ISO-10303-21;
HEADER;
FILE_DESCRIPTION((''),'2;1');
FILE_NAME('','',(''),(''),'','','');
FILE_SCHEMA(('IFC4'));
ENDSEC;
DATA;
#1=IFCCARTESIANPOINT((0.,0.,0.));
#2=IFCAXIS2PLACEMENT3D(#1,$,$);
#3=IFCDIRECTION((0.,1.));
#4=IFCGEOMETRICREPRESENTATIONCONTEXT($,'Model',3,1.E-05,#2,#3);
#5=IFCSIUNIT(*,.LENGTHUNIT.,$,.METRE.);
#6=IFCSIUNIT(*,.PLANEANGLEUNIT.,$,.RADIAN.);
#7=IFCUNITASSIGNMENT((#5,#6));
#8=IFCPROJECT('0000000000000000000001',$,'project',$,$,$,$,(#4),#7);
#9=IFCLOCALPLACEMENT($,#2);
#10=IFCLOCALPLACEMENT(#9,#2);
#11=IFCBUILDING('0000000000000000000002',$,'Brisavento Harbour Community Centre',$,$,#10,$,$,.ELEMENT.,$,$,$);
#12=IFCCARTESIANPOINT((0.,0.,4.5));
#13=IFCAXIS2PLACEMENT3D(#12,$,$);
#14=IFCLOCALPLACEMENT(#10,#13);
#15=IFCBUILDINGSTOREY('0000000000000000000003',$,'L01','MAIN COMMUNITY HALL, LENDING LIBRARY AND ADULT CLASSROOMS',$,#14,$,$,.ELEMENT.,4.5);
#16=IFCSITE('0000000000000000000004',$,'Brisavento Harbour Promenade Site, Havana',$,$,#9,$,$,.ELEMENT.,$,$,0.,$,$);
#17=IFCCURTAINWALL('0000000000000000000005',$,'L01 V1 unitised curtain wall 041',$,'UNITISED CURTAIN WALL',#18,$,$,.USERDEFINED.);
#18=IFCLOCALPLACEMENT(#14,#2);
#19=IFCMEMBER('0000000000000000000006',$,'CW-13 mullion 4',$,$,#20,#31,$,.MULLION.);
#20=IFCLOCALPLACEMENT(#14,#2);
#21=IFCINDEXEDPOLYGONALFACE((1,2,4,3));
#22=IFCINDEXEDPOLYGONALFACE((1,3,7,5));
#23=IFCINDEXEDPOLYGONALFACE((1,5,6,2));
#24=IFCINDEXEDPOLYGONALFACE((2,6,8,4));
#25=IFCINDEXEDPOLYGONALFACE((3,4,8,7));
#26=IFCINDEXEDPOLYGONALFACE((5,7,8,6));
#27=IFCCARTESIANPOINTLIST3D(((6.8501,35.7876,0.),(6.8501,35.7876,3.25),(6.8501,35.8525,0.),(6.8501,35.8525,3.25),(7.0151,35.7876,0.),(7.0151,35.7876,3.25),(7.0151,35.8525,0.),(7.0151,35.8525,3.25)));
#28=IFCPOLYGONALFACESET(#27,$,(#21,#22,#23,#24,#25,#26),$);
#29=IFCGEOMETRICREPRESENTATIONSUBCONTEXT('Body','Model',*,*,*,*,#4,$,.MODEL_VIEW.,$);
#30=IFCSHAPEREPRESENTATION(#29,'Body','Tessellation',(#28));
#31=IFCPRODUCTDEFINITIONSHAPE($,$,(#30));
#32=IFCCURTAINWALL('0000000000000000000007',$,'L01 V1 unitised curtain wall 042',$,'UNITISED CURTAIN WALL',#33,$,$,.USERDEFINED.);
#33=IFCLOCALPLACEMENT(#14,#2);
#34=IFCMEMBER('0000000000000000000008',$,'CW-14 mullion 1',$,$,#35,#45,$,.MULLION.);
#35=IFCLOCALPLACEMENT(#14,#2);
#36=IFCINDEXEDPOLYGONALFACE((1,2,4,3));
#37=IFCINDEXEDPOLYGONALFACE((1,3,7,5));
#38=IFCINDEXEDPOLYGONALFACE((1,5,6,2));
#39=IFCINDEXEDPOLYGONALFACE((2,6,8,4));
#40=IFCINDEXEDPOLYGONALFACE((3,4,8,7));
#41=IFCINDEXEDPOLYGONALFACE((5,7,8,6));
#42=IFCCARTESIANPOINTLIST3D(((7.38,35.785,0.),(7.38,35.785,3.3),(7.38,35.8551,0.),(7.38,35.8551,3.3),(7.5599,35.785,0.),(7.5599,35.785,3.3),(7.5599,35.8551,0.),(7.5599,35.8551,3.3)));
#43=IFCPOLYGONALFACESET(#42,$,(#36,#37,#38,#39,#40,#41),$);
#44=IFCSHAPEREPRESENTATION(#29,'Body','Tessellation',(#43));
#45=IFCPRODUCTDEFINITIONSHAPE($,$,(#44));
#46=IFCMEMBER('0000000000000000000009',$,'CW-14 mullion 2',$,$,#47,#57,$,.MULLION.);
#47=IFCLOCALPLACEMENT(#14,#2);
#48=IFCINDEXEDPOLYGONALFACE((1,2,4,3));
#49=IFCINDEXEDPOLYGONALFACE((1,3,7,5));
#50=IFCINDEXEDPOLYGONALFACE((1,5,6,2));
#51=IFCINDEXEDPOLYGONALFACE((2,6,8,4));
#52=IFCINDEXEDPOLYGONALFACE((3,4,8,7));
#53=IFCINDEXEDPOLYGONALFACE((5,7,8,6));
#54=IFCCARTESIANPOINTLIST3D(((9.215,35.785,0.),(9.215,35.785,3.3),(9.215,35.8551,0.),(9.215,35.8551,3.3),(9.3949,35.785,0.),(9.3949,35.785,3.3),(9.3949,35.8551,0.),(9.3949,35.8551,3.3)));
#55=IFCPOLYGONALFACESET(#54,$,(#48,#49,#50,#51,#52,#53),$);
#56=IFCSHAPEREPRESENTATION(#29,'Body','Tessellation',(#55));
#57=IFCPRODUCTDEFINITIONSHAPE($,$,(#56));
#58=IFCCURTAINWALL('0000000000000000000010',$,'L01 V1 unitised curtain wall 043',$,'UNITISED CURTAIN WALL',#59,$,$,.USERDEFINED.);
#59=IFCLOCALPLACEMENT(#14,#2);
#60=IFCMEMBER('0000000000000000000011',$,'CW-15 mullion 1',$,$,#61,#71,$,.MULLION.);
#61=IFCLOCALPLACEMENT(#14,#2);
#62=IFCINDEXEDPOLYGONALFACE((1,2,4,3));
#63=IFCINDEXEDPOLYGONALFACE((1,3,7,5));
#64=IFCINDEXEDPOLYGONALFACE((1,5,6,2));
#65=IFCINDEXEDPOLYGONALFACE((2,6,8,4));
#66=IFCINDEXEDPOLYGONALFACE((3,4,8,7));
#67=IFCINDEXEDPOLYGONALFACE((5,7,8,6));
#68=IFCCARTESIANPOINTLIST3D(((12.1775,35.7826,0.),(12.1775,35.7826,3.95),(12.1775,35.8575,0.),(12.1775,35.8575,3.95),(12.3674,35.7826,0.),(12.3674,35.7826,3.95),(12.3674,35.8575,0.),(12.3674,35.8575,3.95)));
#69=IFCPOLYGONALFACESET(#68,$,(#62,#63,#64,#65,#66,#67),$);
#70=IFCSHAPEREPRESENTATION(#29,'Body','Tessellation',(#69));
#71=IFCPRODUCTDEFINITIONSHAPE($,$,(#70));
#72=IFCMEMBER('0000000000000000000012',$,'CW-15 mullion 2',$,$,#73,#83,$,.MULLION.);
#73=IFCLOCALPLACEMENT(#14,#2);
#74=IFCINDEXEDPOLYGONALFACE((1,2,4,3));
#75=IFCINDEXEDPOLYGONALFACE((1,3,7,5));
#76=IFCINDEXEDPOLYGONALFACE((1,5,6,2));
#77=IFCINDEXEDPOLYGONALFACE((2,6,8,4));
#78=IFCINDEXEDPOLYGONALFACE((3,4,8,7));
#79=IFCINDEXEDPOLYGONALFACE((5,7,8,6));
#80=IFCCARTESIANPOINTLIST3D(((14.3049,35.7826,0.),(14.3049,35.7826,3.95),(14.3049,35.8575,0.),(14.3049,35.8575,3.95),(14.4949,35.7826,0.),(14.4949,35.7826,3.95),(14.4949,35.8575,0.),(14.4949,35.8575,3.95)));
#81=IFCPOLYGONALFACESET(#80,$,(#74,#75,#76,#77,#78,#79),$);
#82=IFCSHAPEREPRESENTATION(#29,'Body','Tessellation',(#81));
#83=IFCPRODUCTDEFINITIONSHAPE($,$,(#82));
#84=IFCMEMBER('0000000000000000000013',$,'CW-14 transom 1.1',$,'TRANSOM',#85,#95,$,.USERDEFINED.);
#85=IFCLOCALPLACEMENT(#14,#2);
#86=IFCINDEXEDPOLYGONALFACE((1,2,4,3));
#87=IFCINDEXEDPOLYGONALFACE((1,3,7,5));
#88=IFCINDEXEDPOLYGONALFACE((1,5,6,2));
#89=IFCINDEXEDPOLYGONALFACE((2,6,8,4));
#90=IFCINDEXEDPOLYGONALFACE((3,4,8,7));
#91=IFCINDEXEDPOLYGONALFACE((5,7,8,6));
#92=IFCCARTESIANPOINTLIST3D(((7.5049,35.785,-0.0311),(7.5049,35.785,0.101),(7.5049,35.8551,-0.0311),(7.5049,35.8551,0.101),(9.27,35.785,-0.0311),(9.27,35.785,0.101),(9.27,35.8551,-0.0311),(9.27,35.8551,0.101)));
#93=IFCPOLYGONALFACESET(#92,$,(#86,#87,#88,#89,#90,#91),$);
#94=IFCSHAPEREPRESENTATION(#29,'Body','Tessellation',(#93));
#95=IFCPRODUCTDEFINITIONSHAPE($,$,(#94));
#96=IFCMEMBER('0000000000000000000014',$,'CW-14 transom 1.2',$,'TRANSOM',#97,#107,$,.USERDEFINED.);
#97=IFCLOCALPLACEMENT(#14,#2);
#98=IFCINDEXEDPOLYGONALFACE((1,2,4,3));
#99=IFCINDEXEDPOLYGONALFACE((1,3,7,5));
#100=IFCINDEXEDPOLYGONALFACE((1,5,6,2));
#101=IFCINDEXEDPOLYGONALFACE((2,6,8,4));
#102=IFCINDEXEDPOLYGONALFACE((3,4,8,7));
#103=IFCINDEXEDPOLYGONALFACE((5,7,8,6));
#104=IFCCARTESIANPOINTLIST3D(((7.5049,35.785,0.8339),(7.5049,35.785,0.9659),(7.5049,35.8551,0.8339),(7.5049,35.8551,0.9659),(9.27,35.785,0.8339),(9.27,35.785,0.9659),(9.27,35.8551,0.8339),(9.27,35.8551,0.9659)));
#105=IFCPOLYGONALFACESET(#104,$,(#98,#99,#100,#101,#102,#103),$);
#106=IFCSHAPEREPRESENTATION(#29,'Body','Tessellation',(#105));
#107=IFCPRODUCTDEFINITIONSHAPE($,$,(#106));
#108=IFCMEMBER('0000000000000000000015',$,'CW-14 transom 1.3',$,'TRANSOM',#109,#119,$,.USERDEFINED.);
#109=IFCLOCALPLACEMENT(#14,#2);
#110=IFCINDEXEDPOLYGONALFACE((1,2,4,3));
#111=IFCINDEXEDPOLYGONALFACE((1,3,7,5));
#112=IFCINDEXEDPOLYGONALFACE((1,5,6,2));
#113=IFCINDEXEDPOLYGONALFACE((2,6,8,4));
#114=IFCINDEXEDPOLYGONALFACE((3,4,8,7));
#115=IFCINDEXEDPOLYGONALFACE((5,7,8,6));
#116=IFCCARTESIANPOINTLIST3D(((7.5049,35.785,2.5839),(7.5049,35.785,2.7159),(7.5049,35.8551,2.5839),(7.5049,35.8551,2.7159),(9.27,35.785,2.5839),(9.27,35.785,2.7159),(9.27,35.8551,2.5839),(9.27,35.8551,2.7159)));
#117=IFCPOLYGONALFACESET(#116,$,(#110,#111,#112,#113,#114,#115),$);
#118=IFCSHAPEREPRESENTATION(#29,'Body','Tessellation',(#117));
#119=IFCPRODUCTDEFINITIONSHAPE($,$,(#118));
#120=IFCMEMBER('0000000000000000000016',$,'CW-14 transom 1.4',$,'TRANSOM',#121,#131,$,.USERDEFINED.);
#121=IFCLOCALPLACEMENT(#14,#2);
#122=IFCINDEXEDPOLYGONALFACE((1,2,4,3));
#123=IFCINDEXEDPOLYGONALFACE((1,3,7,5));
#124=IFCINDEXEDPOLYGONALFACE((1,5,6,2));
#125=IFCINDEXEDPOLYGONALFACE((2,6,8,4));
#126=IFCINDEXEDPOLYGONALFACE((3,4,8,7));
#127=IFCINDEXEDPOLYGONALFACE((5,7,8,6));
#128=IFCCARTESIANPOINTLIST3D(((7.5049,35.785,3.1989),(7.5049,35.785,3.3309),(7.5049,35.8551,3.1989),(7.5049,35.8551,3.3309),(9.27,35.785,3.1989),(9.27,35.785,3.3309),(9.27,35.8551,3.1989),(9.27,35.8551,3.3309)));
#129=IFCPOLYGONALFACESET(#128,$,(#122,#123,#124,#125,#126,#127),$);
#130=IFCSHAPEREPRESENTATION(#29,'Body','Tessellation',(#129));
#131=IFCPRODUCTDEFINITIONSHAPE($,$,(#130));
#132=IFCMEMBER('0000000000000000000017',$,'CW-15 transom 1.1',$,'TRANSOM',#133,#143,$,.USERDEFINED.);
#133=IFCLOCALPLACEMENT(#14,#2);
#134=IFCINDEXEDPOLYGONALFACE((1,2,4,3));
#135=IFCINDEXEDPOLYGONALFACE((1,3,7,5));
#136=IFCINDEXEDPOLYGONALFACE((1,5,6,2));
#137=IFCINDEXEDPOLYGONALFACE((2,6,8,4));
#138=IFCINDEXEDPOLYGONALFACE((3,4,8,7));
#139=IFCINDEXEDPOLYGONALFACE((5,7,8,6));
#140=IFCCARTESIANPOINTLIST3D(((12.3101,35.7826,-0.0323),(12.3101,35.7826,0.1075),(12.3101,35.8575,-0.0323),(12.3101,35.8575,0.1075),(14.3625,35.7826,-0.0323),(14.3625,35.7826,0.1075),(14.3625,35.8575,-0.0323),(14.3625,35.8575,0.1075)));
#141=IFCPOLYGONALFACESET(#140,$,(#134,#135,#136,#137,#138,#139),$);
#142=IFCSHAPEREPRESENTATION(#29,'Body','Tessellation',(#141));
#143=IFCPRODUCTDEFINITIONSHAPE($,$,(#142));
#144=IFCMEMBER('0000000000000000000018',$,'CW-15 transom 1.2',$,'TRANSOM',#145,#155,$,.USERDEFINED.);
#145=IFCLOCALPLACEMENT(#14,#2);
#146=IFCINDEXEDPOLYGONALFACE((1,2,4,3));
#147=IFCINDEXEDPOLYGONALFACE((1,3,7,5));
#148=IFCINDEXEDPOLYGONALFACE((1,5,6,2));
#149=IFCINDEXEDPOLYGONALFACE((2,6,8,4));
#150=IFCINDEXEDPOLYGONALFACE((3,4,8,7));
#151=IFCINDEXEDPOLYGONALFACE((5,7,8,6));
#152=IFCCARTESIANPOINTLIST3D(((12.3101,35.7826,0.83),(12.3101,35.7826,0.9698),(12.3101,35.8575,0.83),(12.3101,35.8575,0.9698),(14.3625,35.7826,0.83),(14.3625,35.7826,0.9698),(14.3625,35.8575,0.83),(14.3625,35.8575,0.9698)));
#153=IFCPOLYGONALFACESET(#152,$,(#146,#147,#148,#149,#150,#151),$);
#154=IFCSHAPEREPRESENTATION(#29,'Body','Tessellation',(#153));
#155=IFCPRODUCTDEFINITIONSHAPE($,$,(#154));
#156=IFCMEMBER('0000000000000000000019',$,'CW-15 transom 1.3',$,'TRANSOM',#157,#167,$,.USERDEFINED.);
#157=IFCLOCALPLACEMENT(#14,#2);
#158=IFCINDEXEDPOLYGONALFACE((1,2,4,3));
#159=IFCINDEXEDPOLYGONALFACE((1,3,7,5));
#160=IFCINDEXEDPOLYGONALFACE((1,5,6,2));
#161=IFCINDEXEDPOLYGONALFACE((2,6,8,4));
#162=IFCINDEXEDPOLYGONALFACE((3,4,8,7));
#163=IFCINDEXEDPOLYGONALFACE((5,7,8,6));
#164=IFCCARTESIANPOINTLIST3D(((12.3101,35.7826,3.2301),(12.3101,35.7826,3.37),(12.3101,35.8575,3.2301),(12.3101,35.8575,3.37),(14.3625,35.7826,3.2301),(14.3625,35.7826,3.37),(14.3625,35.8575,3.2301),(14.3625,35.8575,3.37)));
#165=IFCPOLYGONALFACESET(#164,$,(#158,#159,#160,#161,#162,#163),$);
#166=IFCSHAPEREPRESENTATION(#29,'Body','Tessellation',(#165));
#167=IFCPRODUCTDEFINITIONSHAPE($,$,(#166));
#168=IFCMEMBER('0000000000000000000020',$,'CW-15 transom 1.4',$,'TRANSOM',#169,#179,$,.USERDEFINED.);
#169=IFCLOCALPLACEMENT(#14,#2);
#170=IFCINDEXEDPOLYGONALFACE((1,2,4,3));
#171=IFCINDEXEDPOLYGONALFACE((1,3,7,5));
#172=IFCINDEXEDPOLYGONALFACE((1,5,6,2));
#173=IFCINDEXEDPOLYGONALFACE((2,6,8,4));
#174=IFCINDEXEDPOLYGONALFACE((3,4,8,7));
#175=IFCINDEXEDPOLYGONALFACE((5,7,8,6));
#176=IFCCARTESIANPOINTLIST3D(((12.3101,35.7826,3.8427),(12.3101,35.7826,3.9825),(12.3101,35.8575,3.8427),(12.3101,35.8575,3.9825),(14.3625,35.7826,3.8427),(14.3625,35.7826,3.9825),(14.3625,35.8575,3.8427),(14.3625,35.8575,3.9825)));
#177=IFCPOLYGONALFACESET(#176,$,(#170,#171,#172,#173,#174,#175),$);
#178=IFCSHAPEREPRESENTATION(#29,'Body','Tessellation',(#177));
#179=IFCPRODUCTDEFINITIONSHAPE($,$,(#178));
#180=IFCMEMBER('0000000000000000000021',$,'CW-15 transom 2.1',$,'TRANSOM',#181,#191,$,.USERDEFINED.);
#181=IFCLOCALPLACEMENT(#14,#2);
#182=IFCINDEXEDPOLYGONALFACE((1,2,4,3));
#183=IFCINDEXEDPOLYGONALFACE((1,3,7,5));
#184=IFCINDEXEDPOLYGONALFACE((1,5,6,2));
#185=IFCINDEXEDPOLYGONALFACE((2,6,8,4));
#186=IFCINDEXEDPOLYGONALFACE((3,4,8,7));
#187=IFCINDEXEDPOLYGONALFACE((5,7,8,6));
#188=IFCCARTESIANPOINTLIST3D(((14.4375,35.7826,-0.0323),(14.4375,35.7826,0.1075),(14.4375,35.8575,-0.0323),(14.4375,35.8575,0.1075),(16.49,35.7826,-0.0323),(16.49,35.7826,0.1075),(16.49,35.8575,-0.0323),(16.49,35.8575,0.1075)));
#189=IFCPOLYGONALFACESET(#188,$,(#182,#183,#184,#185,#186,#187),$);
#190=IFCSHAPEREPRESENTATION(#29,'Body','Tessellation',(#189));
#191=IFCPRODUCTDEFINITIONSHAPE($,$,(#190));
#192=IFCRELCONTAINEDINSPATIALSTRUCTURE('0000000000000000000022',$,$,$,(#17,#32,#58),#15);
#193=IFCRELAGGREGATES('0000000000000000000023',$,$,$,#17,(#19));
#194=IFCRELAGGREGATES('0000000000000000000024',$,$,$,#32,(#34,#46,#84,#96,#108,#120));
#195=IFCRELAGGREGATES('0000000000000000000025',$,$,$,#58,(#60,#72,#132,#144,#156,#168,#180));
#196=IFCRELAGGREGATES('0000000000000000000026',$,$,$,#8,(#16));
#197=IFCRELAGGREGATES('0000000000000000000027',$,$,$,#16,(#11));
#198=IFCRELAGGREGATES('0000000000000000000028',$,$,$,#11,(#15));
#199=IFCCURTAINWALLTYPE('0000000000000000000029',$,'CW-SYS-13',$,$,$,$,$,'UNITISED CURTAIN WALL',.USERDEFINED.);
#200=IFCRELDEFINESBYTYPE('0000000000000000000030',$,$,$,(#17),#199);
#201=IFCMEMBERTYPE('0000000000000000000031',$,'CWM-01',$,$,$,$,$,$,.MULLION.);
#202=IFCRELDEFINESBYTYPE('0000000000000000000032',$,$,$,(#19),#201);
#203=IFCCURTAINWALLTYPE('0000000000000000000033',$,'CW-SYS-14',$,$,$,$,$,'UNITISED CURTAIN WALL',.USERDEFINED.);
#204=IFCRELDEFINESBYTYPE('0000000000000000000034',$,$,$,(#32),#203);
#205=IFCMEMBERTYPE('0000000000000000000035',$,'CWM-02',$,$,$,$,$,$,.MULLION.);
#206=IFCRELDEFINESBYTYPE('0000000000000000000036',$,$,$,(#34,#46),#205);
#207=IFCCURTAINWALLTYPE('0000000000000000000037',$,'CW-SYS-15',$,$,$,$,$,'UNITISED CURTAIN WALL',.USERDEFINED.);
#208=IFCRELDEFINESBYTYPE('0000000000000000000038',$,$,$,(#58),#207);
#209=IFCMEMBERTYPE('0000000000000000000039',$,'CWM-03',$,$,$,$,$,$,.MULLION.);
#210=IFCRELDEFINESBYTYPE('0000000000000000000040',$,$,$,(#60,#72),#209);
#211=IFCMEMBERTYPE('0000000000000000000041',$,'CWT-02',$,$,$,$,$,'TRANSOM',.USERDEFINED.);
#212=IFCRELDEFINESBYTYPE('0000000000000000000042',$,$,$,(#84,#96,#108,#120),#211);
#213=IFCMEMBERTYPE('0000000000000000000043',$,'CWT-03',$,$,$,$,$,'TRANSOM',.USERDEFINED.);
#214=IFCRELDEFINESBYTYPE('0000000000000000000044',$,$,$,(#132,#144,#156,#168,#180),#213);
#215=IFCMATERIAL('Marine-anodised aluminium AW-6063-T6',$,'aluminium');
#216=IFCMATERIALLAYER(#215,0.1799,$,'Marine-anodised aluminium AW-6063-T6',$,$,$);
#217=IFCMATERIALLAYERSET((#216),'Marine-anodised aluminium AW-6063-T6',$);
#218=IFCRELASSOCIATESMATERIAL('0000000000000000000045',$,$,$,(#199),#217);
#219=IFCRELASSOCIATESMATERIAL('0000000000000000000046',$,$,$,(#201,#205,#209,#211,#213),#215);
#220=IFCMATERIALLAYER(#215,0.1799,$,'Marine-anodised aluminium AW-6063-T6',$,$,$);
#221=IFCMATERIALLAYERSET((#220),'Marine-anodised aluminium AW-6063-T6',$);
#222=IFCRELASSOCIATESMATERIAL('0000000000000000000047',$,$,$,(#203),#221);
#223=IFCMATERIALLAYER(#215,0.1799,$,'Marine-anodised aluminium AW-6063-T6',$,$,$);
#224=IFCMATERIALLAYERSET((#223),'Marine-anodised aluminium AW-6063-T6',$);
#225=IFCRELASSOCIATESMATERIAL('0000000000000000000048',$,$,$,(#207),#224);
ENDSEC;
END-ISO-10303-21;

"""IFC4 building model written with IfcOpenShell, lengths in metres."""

from ifc_helpers import new_model, si_unit, direction, frame, origin, origin_2d, place, context, subcontext, project, spatial, rectangle, extrude, material, layer, layer_set, material_profile, profile_set, type_object, element, aggregate, save


model = new_model("IFC4")

# Units and contexts
model_context = context("Model", 3, precision=1e-05, world=origin(), true_north=direction((0.0, 1.0)))
body_context = subcontext(model_context, "Body", "Model", "MODEL_VIEW")
ifc_project = project(units=[si_unit("LENGTHUNIT", "METRE"), si_unit("PLANEANGLEUNIT", "RADIAN")], contexts=[model_context])

# Site, building, storey
site_placement = place(None, origin())
site = spatial("IfcSite", under=ifc_project, at=site_placement, Name="Brisavento Harbour Promenade Site, Havana", CompositionType="ELEMENT", RefElevation=0.0)
building_placement = place(site_placement, origin())
building = spatial("IfcBuilding", under=site, at=building_placement, Name="Brisavento Harbour Community Centre", CompositionType="ELEMENT")
storey_placement = place(building_placement, frame((0.0, 0.0, 4.5)))
storey = spatial("IfcBuildingStorey", under=building, at=storey_placement, Name="L01", Description="MAIN COMMUNITY HALL, LENDING LIBRARY AND ADULT CLASSROOMS", CompositionType="ELEMENT", Elevation=4.5)

# Curtain wall, member
ifc_material_1 = material(Name="Marine-anodised aluminium AW-6063-T6", Category="aluminium")
ifc_layer_1 = layer(ifc_material_1, 0.1799, Name="Marine-anodised aluminium AW-6063-T6")
ifc_layer_set_1 = layer_set([ifc_layer_1], Name="Marine-anodised aluminium AW-6063-T6")
curtain_wall_type_1 = type_object("IfcCurtainWallType", Name="CW-SYS-13", ElementType="UNITISED CURTAIN WALL", PredefinedType="USERDEFINED", material=ifc_layer_set_1)
curtain_wall_1_placement = place(storey_placement, origin())
curtain_wall_1 = element("IfcCurtainWall", 1, at=curtain_wall_1_placement, inside=storey, type_object=curtain_wall_type_1, Name="L01 V1 unitised curtain wall 041", ObjectType="UNITISED CURTAIN WALL", PredefinedType="USERDEFINED")
ifc_material_profile_1 = material_profile(ifc_material_1, rectangle(XDim=0.0649, YDim=0.165, at=origin_2d()), Name="Marine-anodised aluminium AW-6063-T6")
ifc_profile_set_1 = profile_set([ifc_material_profile_1], Name="Marine-anodised aluminium AW-6063-T6")
member_type_1 = type_object("IfcMemberType", Name="CWM-01", PredefinedType="MULLION", material=ifc_profile_set_1)
member_1_placement = place(storey_placement, frame((6.9326, 35.8201, 0.0), z_axis=(0.0, 0.0, 1.0), x_axis=(0.0, 1.0, 0.0)))
member_1 = element("IfcMember", 2, at=member_1_placement, type_object=member_type_1, Name="CW-13 mullion 4", PredefinedType="MULLION", context=body_context, shape_type="SweptSolid", body=[
    extrude(rectangle(XDim=0.0649, YDim=0.165, at=origin_2d()), origin(), (0.0, 0.0, 1.0), 3.25),
])
aggregate(curtain_wall_1, [member_1])

# Curtain walls, members
ifc_layer_2 = layer(ifc_material_1, 0.1799, Name="Marine-anodised aluminium AW-6063-T6")
ifc_layer_set_2 = layer_set([ifc_layer_2], Name="Marine-anodised aluminium AW-6063-T6")
curtain_wall_type_2 = type_object("IfcCurtainWallType", Name="CW-SYS-14", ElementType="UNITISED CURTAIN WALL", PredefinedType="USERDEFINED", material=ifc_layer_set_2)
curtain_wall_2_placement = place(storey_placement, origin())
curtain_wall_2 = element("IfcCurtainWall", 3, at=curtain_wall_2_placement, inside=storey, type_object=curtain_wall_type_2, Name="L01 V1 unitised curtain wall 042", ObjectType="UNITISED CURTAIN WALL", PredefinedType="USERDEFINED")
ifc_material_profile_2 = material_profile(ifc_material_1, rectangle(XDim=0.0701, YDim=0.1799, at=origin_2d()), Name="Marine-anodised aluminium AW-6063-T6")
ifc_profile_set_2 = profile_set([ifc_material_profile_2], Name="Marine-anodised aluminium AW-6063-T6")
member_type_2 = type_object("IfcMemberType", Name="CWM-02", PredefinedType="MULLION", material=ifc_profile_set_2)
member_2_placement = place(storey_placement, frame((7.47, 35.8201, 0.0), z_axis=(0.0, 0.0, 1.0), x_axis=(0.0, 1.0, 0.0)))
member_2 = element("IfcMember", 4, at=member_2_placement, type_object=member_type_2, Name="CW-14 mullion 1", PredefinedType="MULLION", context=body_context, shape_type="SweptSolid", body=[
    extrude(rectangle(XDim=0.0701, YDim=0.1799, at=origin_2d()), origin(), (0.0, 0.0, 1.0), 3.3),
])
member_3_placement = place(storey_placement, frame((9.3049, 35.8201, 0.0), z_axis=(0.0, 0.0, 1.0), x_axis=(0.0, 1.0, 0.0)))
member_3 = element("IfcMember", 5, at=member_3_placement, type_object=member_type_2, Name="CW-14 mullion 2", PredefinedType="MULLION", context=body_context, shape_type="SweptSolid", body=[
    extrude(rectangle(XDim=0.0701, YDim=0.1799, at=origin_2d()), origin(), (0.0, 0.0, 1.0), 3.3),
])
ifc_layer_3 = layer(ifc_material_1, 0.1799, Name="Marine-anodised aluminium AW-6063-T6")
ifc_layer_set_3 = layer_set([ifc_layer_3], Name="Marine-anodised aluminium AW-6063-T6")
curtain_wall_type_3 = type_object("IfcCurtainWallType", Name="CW-SYS-15", ElementType="UNITISED CURTAIN WALL", PredefinedType="USERDEFINED", material=ifc_layer_set_3)
curtain_wall_3_placement = place(storey_placement, origin())
curtain_wall_3 = element("IfcCurtainWall", 6, at=curtain_wall_3_placement, inside=storey, type_object=curtain_wall_type_3, Name="L01 V1 unitised curtain wall 043", ObjectType="UNITISED CURTAIN WALL", PredefinedType="USERDEFINED")
ifc_material_profile_3 = material_profile(ifc_material_1, rectangle(XDim=0.075, YDim=0.1899, at=origin_2d()), Name="Marine-anodised aluminium AW-6063-T6")
ifc_profile_set_3 = profile_set([ifc_material_profile_3], Name="Marine-anodised aluminium AW-6063-T6")
member_type_3 = type_object("IfcMemberType", Name="CWM-03", PredefinedType="MULLION", material=ifc_profile_set_3)
member_4_placement = place(storey_placement, frame((12.2725, 35.8201, 0.0), z_axis=(0.0, 0.0, 1.0), x_axis=(0.0, 1.0, 0.0)))
member_4 = element("IfcMember", 7, at=member_4_placement, type_object=member_type_3, Name="CW-15 mullion 1", PredefinedType="MULLION", context=body_context, shape_type="SweptSolid", body=[
    extrude(rectangle(XDim=0.075, YDim=0.1899, at=origin_2d()), origin(), (0.0, 0.0, 1.0), 3.95),
])
member_5_placement = place(storey_placement, frame((14.3999, 35.8201, 0.0), z_axis=(0.0, 0.0, 1.0), x_axis=(0.0, 1.0, 0.0)))
member_5 = element("IfcMember", 8, at=member_5_placement, type_object=member_type_3, Name="CW-15 mullion 2", PredefinedType="MULLION", context=body_context, shape_type="SweptSolid", body=[
    extrude(rectangle(XDim=0.075, YDim=0.1899, at=origin_2d()), origin(), (0.0, 0.0, 1.0), 3.95),
])

# Members
ifc_material_profile_4 = material_profile(ifc_material_1, rectangle(XDim=0.0701, YDim=0.1321, at=origin_2d()), Name="Marine-anodised aluminium AW-6063-T6")
ifc_profile_set_4 = profile_set([ifc_material_profile_4], Name="Marine-anodised aluminium AW-6063-T6")
member_type_4 = type_object("IfcMemberType", Name="CWT-02", ElementType="TRANSOM", PredefinedType="USERDEFINED", material=ifc_profile_set_4)
member_6_placement = place(storey_placement, frame((7.5049, 35.8201, 0.0349), z_axis=(1.0, 0.0, 0.0), x_axis=(0.0, 1.0, 0.0)))
member_6 = element("IfcMember", 9, at=member_6_placement, type_object=member_type_4, Name="CW-14 transom 1.1", ObjectType="TRANSOM", PredefinedType="USERDEFINED", context=body_context, shape_type="SweptSolid", body=[
    extrude(rectangle(XDim=0.0701, YDim=0.1321, at=origin_2d()), origin(), (0.0, 0.0, 1.0), 1.7651),
])
member_7_placement = place(storey_placement, frame((7.5049, 35.8201, 0.8999), z_axis=(1.0, 0.0, 0.0), x_axis=(0.0, 1.0, 0.0)))
member_7 = element("IfcMember", 10, at=member_7_placement, type_object=member_type_4, Name="CW-14 transom 1.2", ObjectType="TRANSOM", PredefinedType="USERDEFINED", context=body_context, shape_type="SweptSolid", body=[
    extrude(rectangle(XDim=0.0701, YDim=0.1321, at=origin_2d()), origin(), (0.0, 0.0, 1.0), 1.7651),
])
member_8_placement = place(storey_placement, frame((7.5049, 35.8201, 2.6499), z_axis=(1.0, 0.0, 0.0), x_axis=(0.0, 1.0, 0.0)))
member_8 = element("IfcMember", 11, at=member_8_placement, type_object=member_type_4, Name="CW-14 transom 1.3", ObjectType="TRANSOM", PredefinedType="USERDEFINED", context=body_context, shape_type="SweptSolid", body=[
    extrude(rectangle(XDim=0.0701, YDim=0.1321, at=origin_2d()), origin(), (0.0, 0.0, 1.0), 1.7651),
])
member_9_placement = place(storey_placement, frame((7.5049, 35.8201, 3.2649), z_axis=(1.0, 0.0, 0.0), x_axis=(0.0, 1.0, 0.0)))
member_9 = element("IfcMember", 12, at=member_9_placement, type_object=member_type_4, Name="CW-14 transom 1.4", ObjectType="TRANSOM", PredefinedType="USERDEFINED", context=body_context, shape_type="SweptSolid", body=[
    extrude(rectangle(XDim=0.0701, YDim=0.1321, at=origin_2d()), origin(), (0.0, 0.0, 1.0), 1.7651),
])
ifc_material_profile_5 = material_profile(ifc_material_1, rectangle(XDim=0.075, YDim=0.1399, at=origin_2d()), Name="Marine-anodised aluminium AW-6063-T6")
ifc_profile_set_5 = profile_set([ifc_material_profile_5], Name="Marine-anodised aluminium AW-6063-T6")
member_type_5 = type_object("IfcMemberType", Name="CWT-03", ElementType="TRANSOM", PredefinedType="USERDEFINED", material=ifc_profile_set_5)
member_10_placement = place(storey_placement, frame((12.3101, 35.8201, 0.0376), z_axis=(1.0, 0.0, 0.0), x_axis=(0.0, 1.0, 0.0)))
member_10 = element("IfcMember", 13, at=member_10_placement, type_object=member_type_5, Name="CW-15 transom 1.1", ObjectType="TRANSOM", PredefinedType="USERDEFINED", context=body_context, shape_type="SweptSolid", body=[
    extrude(rectangle(XDim=0.075, YDim=0.1399, at=origin_2d()), origin(), (0.0, 0.0, 1.0), 2.0525),
])
member_11_placement = place(storey_placement, frame((12.3101, 35.8201, 0.8999), z_axis=(1.0, 0.0, 0.0), x_axis=(0.0, 1.0, 0.0)))
member_11 = element("IfcMember", 14, at=member_11_placement, type_object=member_type_5, Name="CW-15 transom 1.2", ObjectType="TRANSOM", PredefinedType="USERDEFINED", context=body_context, shape_type="SweptSolid", body=[
    extrude(rectangle(XDim=0.075, YDim=0.1399, at=origin_2d()), origin(), (0.0, 0.0, 1.0), 2.0525),
])
member_12_placement = place(storey_placement, frame((12.3101, 35.8201, 3.3), z_axis=(1.0, 0.0, 0.0), x_axis=(0.0, 1.0, 0.0)))
member_12 = element("IfcMember", 15, at=member_12_placement, type_object=member_type_5, Name="CW-15 transom 1.3", ObjectType="TRANSOM", PredefinedType="USERDEFINED", context=body_context, shape_type="SweptSolid", body=[
    extrude(rectangle(XDim=0.075, YDim=0.1399, at=origin_2d()), origin(), (0.0, 0.0, 1.0), 2.0525),
])
member_13_placement = place(storey_placement, frame((12.3101, 35.8201, 3.9126), z_axis=(1.0, 0.0, 0.0), x_axis=(0.0, 1.0, 0.0)))
member_13 = element("IfcMember", 16, at=member_13_placement, type_object=member_type_5, Name="CW-15 transom 1.4", ObjectType="TRANSOM", PredefinedType="USERDEFINED", context=body_context, shape_type="SweptSolid", body=[
    extrude(rectangle(XDim=0.075, YDim=0.1399, at=origin_2d()), origin(), (0.0, 0.0, 1.0), 2.0525),
])
member_14_placement = place(storey_placement, frame((14.4375, 35.8201, 0.0376), z_axis=(1.0, 0.0, 0.0), x_axis=(0.0, 1.0, 0.0)))
member_14 = element("IfcMember", 17, at=member_14_placement, type_object=member_type_5, Name="CW-15 transom 2.1", ObjectType="TRANSOM", PredefinedType="USERDEFINED", context=body_context, shape_type="SweptSolid", body=[
    extrude(rectangle(XDim=0.075, YDim=0.1399, at=origin_2d()), origin(), (0.0, 0.0, 1.0), 2.0525),
])

aggregate(curtain_wall_2, [member_2, member_3, member_6, member_7, member_8, member_9])
aggregate(curtain_wall_3, [member_4, member_5, member_10, member_11, member_12, member_13, member_14])

save(model, "model.ifc")
